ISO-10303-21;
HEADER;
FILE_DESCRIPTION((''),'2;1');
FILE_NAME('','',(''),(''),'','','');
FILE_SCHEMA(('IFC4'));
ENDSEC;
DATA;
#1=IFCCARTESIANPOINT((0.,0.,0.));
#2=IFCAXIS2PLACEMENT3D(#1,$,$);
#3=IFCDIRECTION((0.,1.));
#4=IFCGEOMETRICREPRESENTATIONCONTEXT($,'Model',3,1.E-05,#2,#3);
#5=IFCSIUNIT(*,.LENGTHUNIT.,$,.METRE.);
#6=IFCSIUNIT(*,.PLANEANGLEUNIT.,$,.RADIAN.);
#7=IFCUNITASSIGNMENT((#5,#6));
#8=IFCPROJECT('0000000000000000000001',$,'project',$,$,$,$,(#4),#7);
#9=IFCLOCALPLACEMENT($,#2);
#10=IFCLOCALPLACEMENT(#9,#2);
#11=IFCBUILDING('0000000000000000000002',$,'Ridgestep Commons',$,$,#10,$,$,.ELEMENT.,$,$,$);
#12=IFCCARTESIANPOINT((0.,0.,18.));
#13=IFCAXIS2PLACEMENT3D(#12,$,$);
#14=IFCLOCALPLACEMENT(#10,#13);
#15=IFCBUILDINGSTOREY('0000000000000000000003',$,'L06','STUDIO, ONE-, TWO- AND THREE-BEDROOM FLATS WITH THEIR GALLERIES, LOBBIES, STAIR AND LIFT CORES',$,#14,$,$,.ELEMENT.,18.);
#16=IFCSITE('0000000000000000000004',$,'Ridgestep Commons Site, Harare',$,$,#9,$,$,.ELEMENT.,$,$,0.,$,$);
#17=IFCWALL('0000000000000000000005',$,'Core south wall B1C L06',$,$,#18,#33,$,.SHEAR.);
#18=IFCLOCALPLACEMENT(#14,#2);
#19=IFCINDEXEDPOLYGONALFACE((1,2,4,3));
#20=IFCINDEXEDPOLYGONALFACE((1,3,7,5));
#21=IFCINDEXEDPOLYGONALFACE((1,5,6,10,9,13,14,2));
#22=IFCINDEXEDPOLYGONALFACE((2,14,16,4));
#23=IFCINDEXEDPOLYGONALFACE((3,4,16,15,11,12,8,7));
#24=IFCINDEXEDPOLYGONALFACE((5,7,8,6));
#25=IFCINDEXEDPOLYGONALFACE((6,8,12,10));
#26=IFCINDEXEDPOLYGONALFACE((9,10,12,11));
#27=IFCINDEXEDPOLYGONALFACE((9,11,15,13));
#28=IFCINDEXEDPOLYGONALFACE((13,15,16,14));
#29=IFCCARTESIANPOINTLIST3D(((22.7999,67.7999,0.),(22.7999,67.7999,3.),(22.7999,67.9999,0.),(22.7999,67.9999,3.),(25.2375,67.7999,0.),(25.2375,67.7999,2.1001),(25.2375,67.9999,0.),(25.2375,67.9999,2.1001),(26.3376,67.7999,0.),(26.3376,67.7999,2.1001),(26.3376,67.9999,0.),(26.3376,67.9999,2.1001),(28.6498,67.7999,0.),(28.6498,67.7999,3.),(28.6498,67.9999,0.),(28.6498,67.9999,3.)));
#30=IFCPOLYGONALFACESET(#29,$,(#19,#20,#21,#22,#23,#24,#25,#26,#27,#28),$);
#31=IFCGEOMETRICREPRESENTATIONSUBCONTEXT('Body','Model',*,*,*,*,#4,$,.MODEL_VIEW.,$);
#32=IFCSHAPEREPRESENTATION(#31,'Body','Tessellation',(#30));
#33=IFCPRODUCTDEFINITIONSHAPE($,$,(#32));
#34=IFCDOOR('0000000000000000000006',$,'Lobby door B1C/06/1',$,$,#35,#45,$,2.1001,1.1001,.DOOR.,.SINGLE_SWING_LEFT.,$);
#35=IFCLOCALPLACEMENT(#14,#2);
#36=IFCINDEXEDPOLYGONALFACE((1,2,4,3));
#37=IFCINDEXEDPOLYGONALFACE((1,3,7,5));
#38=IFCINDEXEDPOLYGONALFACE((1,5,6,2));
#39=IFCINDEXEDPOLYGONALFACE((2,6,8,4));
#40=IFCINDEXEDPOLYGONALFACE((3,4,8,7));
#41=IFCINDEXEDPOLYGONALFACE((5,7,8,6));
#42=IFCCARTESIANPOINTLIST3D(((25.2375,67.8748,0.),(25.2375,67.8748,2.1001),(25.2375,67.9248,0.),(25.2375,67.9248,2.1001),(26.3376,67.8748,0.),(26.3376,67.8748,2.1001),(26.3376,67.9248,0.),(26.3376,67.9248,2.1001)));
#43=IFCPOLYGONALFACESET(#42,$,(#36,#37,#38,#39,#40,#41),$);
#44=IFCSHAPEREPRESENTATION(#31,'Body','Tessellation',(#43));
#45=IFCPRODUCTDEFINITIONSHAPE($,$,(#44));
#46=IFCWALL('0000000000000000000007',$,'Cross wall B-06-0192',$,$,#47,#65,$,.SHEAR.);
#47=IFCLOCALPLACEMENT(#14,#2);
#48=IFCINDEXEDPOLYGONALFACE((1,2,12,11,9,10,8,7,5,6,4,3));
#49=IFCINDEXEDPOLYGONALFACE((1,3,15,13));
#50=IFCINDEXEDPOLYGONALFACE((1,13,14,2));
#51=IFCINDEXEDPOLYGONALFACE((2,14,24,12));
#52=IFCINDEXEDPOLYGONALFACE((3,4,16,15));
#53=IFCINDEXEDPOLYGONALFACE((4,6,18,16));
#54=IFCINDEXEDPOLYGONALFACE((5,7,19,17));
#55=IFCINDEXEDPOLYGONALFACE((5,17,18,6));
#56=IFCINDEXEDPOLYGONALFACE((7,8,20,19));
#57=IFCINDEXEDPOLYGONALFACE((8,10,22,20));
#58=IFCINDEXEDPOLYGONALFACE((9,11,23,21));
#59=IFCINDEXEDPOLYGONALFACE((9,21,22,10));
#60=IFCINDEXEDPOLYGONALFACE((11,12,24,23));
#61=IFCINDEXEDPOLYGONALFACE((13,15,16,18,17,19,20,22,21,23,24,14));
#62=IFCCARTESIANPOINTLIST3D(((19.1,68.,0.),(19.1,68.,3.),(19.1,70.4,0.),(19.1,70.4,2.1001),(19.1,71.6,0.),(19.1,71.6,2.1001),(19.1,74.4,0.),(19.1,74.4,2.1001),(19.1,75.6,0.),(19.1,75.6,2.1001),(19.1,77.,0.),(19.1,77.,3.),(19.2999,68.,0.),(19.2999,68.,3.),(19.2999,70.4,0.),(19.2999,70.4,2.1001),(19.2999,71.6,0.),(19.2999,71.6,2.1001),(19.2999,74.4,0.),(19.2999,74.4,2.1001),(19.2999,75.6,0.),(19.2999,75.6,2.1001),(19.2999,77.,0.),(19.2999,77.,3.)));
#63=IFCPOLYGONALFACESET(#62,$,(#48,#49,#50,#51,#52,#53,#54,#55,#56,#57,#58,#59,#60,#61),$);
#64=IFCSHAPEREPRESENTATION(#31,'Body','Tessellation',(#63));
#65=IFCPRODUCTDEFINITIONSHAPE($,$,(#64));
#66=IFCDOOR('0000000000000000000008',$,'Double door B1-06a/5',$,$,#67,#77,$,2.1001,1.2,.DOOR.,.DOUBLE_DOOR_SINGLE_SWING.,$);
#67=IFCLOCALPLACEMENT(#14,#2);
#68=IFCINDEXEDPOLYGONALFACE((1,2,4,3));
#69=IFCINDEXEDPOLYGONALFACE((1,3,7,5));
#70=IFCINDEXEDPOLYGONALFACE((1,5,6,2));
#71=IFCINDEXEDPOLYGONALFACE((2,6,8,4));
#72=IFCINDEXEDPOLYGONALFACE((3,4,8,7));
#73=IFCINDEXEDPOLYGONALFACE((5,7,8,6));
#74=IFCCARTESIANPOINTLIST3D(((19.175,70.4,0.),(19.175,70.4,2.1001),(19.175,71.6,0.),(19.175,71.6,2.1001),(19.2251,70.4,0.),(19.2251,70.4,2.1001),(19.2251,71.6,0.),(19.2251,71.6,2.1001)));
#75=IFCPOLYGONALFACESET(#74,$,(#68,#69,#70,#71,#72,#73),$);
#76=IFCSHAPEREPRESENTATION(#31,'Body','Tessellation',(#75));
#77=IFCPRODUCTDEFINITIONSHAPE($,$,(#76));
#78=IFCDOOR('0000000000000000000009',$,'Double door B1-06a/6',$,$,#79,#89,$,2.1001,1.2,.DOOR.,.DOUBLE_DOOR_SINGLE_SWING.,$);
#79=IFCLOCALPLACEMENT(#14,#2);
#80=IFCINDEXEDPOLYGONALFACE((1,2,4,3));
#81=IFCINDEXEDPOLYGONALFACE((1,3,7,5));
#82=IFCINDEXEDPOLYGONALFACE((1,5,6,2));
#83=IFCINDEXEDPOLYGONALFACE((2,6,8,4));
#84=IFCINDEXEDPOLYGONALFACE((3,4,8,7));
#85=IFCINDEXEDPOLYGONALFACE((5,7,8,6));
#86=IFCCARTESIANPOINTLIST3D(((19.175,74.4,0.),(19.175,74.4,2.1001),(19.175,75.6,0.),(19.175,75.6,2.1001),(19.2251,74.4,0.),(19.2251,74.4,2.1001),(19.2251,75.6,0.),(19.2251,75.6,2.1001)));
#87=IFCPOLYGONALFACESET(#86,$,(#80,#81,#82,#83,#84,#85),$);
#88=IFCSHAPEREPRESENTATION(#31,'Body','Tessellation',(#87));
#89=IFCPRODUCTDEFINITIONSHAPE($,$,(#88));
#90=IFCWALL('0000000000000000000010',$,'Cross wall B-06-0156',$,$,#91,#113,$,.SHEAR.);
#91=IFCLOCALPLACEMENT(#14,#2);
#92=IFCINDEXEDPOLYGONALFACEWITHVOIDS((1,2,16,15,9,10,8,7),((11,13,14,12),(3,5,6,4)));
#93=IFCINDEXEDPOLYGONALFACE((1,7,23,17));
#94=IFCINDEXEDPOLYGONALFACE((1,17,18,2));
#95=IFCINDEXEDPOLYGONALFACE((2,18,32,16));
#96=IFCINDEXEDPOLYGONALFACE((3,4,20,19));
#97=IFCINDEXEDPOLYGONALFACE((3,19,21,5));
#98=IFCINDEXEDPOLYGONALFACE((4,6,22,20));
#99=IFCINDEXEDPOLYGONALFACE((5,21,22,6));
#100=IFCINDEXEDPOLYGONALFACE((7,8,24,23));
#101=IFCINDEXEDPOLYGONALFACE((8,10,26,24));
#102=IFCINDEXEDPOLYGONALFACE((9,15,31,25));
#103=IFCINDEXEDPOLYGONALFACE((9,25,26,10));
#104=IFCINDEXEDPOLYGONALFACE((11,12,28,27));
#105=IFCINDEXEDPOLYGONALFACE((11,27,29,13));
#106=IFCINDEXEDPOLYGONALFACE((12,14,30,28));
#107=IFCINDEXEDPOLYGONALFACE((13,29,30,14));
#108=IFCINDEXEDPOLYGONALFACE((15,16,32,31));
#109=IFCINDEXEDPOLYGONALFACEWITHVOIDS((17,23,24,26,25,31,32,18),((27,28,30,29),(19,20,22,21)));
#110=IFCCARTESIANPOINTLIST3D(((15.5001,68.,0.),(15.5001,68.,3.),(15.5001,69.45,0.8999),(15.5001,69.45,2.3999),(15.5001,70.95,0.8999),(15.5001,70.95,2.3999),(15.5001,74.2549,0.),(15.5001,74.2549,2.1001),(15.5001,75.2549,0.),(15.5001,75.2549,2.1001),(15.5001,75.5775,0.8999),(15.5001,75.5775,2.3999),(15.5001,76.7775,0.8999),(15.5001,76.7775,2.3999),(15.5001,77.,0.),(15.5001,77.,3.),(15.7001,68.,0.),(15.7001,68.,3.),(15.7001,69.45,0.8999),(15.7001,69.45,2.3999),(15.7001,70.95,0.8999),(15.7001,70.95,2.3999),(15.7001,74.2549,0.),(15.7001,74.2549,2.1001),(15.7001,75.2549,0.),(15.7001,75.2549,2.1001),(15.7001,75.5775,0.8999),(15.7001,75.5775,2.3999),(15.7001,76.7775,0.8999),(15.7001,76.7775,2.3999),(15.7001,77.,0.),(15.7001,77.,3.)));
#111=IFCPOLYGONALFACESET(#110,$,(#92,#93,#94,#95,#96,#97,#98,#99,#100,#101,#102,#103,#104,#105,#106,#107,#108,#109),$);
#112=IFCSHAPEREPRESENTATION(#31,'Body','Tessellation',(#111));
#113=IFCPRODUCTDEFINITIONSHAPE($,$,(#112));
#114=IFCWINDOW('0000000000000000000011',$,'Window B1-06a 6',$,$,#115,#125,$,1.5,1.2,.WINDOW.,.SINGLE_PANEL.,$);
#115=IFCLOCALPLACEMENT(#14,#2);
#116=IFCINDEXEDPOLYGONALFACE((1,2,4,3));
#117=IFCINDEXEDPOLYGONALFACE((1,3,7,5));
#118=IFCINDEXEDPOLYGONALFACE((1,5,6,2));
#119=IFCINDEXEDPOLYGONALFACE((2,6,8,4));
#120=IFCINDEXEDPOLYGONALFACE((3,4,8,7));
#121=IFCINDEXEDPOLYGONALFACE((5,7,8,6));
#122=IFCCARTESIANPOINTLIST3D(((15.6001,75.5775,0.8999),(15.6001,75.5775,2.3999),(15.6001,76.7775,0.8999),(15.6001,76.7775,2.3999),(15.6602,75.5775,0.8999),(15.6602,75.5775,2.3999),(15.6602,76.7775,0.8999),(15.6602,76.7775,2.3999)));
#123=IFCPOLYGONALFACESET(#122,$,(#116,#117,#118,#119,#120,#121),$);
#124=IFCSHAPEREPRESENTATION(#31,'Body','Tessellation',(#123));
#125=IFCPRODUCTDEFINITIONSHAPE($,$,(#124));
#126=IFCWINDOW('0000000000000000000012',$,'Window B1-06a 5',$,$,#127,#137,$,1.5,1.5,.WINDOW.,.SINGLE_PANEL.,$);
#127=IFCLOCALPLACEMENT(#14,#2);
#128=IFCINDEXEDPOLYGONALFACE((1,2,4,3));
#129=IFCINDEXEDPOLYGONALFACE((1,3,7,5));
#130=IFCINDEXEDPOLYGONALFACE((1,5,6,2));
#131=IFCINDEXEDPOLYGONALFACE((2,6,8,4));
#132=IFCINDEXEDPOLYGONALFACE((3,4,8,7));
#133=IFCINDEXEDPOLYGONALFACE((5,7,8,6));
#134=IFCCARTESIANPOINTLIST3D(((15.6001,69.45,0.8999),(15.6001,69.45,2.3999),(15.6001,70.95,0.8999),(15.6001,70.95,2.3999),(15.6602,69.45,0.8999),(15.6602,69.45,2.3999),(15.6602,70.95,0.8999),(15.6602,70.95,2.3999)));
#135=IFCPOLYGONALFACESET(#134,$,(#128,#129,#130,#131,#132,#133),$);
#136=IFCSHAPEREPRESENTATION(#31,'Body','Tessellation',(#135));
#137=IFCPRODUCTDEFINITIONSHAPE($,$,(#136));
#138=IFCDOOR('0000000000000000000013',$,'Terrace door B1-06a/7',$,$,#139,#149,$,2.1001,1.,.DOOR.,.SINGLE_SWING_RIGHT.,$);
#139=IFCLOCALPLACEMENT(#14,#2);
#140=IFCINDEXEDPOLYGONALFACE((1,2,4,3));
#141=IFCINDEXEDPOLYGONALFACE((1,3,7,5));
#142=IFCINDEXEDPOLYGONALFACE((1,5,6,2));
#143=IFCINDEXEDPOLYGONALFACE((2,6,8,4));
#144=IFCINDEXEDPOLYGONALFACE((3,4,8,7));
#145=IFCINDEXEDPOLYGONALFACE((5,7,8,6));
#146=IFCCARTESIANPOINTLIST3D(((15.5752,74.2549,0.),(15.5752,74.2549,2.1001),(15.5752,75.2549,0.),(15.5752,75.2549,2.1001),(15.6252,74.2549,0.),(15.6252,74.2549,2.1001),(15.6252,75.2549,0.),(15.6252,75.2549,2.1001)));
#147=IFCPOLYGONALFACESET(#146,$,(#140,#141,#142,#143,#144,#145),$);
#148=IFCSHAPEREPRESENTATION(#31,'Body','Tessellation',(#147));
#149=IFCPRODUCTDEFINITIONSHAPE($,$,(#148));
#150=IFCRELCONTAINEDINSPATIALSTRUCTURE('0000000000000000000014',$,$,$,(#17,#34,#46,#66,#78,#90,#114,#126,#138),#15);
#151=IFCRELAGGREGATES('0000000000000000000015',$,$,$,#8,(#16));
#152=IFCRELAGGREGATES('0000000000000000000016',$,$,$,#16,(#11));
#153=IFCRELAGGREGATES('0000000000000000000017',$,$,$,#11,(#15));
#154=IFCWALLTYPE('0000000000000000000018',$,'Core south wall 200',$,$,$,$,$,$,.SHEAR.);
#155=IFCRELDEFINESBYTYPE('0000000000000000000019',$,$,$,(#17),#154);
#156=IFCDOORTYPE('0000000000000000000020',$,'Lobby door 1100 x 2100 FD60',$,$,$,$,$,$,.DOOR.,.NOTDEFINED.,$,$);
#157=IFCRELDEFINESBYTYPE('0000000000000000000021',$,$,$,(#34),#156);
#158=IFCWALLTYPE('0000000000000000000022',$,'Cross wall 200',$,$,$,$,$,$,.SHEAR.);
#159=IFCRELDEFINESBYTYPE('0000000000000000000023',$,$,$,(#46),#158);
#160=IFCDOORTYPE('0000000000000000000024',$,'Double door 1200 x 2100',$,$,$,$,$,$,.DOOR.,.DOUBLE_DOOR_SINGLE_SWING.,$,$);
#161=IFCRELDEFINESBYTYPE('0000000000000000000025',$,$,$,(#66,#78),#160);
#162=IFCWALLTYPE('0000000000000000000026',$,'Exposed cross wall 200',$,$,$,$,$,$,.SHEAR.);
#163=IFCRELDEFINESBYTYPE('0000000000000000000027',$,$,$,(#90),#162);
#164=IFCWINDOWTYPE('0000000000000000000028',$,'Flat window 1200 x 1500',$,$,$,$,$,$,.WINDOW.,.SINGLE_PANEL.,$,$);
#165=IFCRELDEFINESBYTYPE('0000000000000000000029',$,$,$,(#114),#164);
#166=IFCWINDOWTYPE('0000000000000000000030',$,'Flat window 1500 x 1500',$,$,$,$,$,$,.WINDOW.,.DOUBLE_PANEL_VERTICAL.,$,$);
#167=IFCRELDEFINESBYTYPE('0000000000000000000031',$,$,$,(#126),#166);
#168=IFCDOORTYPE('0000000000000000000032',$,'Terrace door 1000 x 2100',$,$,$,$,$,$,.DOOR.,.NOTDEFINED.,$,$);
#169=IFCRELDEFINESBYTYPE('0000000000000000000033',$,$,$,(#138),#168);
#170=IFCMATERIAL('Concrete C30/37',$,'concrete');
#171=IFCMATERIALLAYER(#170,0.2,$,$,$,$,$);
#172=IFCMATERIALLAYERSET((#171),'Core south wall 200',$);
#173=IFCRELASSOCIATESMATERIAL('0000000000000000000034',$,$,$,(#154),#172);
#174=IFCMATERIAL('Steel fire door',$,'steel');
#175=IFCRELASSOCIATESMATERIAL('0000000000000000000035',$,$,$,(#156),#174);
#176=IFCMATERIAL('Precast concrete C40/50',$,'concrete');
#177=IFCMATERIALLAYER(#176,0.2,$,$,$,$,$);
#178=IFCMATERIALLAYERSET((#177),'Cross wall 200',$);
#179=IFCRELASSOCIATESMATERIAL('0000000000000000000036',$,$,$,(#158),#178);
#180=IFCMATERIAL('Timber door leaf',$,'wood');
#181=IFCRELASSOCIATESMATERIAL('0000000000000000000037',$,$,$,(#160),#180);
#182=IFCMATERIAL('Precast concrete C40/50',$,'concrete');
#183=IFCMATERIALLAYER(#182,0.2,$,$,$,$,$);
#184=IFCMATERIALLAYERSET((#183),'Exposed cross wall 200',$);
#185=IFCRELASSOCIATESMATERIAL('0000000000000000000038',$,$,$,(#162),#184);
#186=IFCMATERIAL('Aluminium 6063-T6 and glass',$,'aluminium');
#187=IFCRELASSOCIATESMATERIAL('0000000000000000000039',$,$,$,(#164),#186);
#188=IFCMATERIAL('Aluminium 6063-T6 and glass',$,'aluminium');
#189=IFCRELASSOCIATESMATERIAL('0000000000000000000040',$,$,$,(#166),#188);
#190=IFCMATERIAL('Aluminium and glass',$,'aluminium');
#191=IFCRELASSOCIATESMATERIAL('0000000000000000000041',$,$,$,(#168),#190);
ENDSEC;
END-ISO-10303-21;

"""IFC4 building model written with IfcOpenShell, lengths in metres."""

from ifc_helpers import new_model, si_unit, direction, frame, frame_2d, origin, place, context, subcontext, project, spatial, rectangle, extrude, material, layer, layer_set, type_object, element, fill, save


model = new_model("IFC4")

# Units and contexts
model_context = context("Model", 3, precision=1e-05, world=origin(), true_north=direction((0.0, 1.0)))
body_context = subcontext(model_context, "Body", "Model", "MODEL_VIEW")
ifc_project = project(units=[si_unit("LENGTHUNIT", "METRE"), si_unit("PLANEANGLEUNIT", "RADIAN")], contexts=[model_context])

# Site, building, storey
site_placement = place(None, origin())
site = spatial("IfcSite", under=ifc_project, at=site_placement, Name="Ridgestep Commons Site, Harare", CompositionType="ELEMENT", RefElevation=0.0)
building_placement = place(site_placement, origin())
building = spatial("IfcBuilding", under=site, at=building_placement, Name="Ridgestep Commons", CompositionType="ELEMENT")
storey_placement = place(building_placement, frame((0.0, 0.0, 18.0)))
storey = spatial("IfcBuildingStorey", under=building, at=storey_placement, Name="L06", Description="STUDIO, ONE-, TWO- AND THREE-BEDROOM FLATS WITH THEIR GALLERIES, LOBBIES, STAIR AND LIFT CORES", CompositionType="ELEMENT", Elevation=18.0)

# Wall, opening, door
ifc_material_1 = material(Name="Concrete C30/37", Category="concrete")
ifc_layer_1 = layer(ifc_material_1, 0.2)
ifc_layer_set_1 = layer_set([ifc_layer_1], Name="Core south wall 200")
wall_type_1 = type_object("IfcWallType", Name="Core south wall 200", PredefinedType="SHEAR", material=ifc_layer_set_1)
wall_1_placement = place(storey_placement, frame((22.8, 67.8999, 0.0), z_axis=(0.0, 0.0, 1.0), x_axis=(1.0, 0.0, 0.0)))
wall_1 = element("IfcWall", 1, at=wall_1_placement, inside=storey, type_object=wall_type_1, Name="Core south wall B1C L06", PredefinedType="SHEAR", context=body_context, shape_type="SweptSolid", body=[
    extrude(rectangle(XDim=5.8499, YDim=0.2, at=frame_2d((2.9248, 0.0))), origin(), (0.0, 0.0, 1.0), 3.0),
])
opening_1_placement = place(wall_1_placement, frame((2.4375, 0.0, 0.0)))
opening_1 = element("IfcOpeningElement", 2, at=opening_1_placement, cuts=wall_1, PredefinedType="OPENING", context=body_context, shape_type="SweptSolid", body=[
    extrude(rectangle(XDim=1.1001, YDim=2.1001, at=frame_2d((0.55, 1.05))), frame((0.0, 0.1099, 0.0), z_axis=(0.0, -1.0, 0.0), x_axis=(1.0, 0.0, 0.0)), (0.0, 0.0, 1.0), 0.22),
])
ifc_material_2 = material(Name="Steel fire door", Category="steel")
door_type_1 = type_object("IfcDoorType", Name="Lobby door 1100 x 2100 FD60", OperationType="NOTDEFINED", PredefinedType="DOOR", material=ifc_material_2)
door_1_placement = place(opening_1_placement, origin())
door_1 = element("IfcDoor", 3, at=door_1_placement, inside=storey, type_object=door_type_1, Name="Lobby door B1C/06/1", OperationType="SINGLE_SWING_LEFT", OverallHeight=2.1001, OverallWidth=1.1001, PredefinedType="DOOR", context=body_context, shape_type="SweptSolid", body=[
    extrude(rectangle(XDim=1.1001, YDim=2.1001, at=frame_2d((0.55, 1.05))), frame((0.0, 0.0249, 0.0), z_axis=(0.0, -1.0, 0.0), x_axis=(1.0, 0.0, 0.0)), (0.0, 0.0, 1.0), 0.05),
])
fill(opening_1, door_1)

# Wall, openings, doors
ifc_material_3 = material(Name="Precast concrete C40/50", Category="concrete")
ifc_layer_2 = layer(ifc_material_3, 0.2)
ifc_layer_set_2 = layer_set([ifc_layer_2], Name="Cross wall 200")
wall_type_2 = type_object("IfcWallType", Name="Cross wall 200", PredefinedType="SHEAR", material=ifc_layer_set_2)
wall_2_placement = place(storey_placement, frame((19.2, 68.0, 0.0), z_axis=(0.0, 0.0, 1.0), x_axis=(0.0, 1.0, 0.0)))
wall_2 = element("IfcWall", 4, at=wall_2_placement, inside=storey, type_object=wall_type_2, Name="Cross wall B-06-0192", PredefinedType="SHEAR", context=body_context, shape_type="SweptSolid", body=[
    extrude(rectangle(XDim=9.0, YDim=0.2, at=frame_2d((4.5, 0.0))), origin(), (0.0, 0.0, 1.0), 3.0),
])
opening_2_placement = place(wall_2_placement, frame((2.3999, 0.0, 0.0)))
opening_2 = element("IfcOpeningElement", 5, at=opening_2_placement, cuts=wall_2, PredefinedType="OPENING", context=body_context, shape_type="SweptSolid", body=[
    extrude(rectangle(XDim=1.2, YDim=2.1001, at=frame_2d((0.6001, 1.05))), frame((0.0, 0.1099, 0.0), z_axis=(0.0, -1.0, 0.0), x_axis=(1.0, 0.0, 0.0)), (0.0, 0.0, 1.0), 0.22),
])
opening_3_placement = place(wall_2_placement, frame((6.3999, 0.0, 0.0)))
opening_3 = element("IfcOpeningElement", 6, at=opening_3_placement, cuts=wall_2, PredefinedType="OPENING", context=body_context, shape_type="SweptSolid", body=[
    extrude(rectangle(XDim=1.2, YDim=2.1001, at=frame_2d((0.6001, 1.05))), frame((0.0, 0.1099, 0.0), z_axis=(0.0, -1.0, 0.0), x_axis=(1.0, 0.0, 0.0)), (0.0, 0.0, 1.0), 0.22),
])
ifc_material_4 = material(Name="Timber door leaf", Category="wood")
door_type_2 = type_object("IfcDoorType", Name="Double door 1200 x 2100", OperationType="DOUBLE_DOOR_SINGLE_SWING", PredefinedType="DOOR", material=ifc_material_4)
door_2_placement = place(opening_2_placement, origin())
door_2 = element("IfcDoor", 7, at=door_2_placement, inside=storey, type_object=door_type_2, Name="Double door B1-06a/5", OperationType="DOUBLE_DOOR_SINGLE_SWING", OverallHeight=2.1001, OverallWidth=1.2, PredefinedType="DOOR", context=body_context, shape_type="SweptSolid", body=[
    extrude(rectangle(XDim=1.2, YDim=2.1001, at=frame_2d((0.6001, 1.05))), frame((0.0, 0.0249, 0.0), z_axis=(0.0, -1.0, 0.0), x_axis=(1.0, 0.0, 0.0)), (0.0, 0.0, 1.0), 0.05),
])
fill(opening_2, door_2)
door_3_placement = place(opening_3_placement, origin())
door_3 = element("IfcDoor", 8, at=door_3_placement, inside=storey, type_object=door_type_2, Name="Double door B1-06a/6", OperationType="DOUBLE_DOOR_SINGLE_SWING", OverallHeight=2.1001, OverallWidth=1.2, PredefinedType="DOOR", context=body_context, shape_type="SweptSolid", body=[
    extrude(rectangle(XDim=1.2, YDim=2.1001, at=frame_2d((0.6001, 1.05))), frame((0.0, 0.0249, 0.0), z_axis=(0.0, -1.0, 0.0), x_axis=(1.0, 0.0, 0.0)), (0.0, 0.0, 1.0), 0.05),
])
fill(opening_3, door_3)

# Wall, openings, windows, door
ifc_material_5 = material(Name="Precast concrete C40/50", Category="concrete")
ifc_layer_3 = layer(ifc_material_5, 0.2)
ifc_layer_set_3 = layer_set([ifc_layer_3], Name="Exposed cross wall 200")
wall_type_3 = type_object("IfcWallType", Name="Exposed cross wall 200", PredefinedType="SHEAR", material=ifc_layer_set_3)
wall_3_placement = place(storey_placement, frame((15.6001, 68.0, 0.0), z_axis=(0.0, 0.0, 1.0), x_axis=(0.0, 1.0, 0.0)))
wall_3 = element("IfcWall", 9, at=wall_3_placement, inside=storey, type_object=wall_type_3, Name="Cross wall B-06-0156", PredefinedType="SHEAR", context=body_context, shape_type="SweptSolid", body=[
    extrude(rectangle(XDim=9.0, YDim=0.2, at=frame_2d((4.5, 0.0))), origin(), (0.0, 0.0, 1.0), 3.0),
])
opening_4_placement = place(wall_3_placement, frame((1.45, 0.0, 0.8999)))
opening_4 = element("IfcOpeningElement", 10, at=opening_4_placement, cuts=wall_3, PredefinedType="OPENING", context=body_context, shape_type="SweptSolid", body=[
    extrude(rectangle(XDim=1.5, YDim=1.5, at=frame_2d((0.75, 0.75))), frame((0.0, 0.1099, 0.0), z_axis=(0.0, -1.0, 0.0), x_axis=(1.0, 0.0, 0.0)), (0.0, 0.0, 1.0), 0.22),
])
opening_5_placement = place(wall_3_placement, frame((7.5774, 0.0, 0.8999)))
opening_5 = element("IfcOpeningElement", 11, at=opening_5_placement, cuts=wall_3, PredefinedType="OPENING", context=body_context, shape_type="SweptSolid", body=[
    extrude(rectangle(XDim=1.2, YDim=1.5, at=frame_2d((0.6001, 0.75))), frame((0.0, 0.1099, 0.0), z_axis=(0.0, -1.0, 0.0), x_axis=(1.0, 0.0, 0.0)), (0.0, 0.0, 1.0), 0.22),
])
opening_6_placement = place(wall_3_placement, frame((6.2549, 0.0, 0.0)))
opening_6 = element("IfcOpeningElement", 12, at=opening_6_placement, cuts=wall_3, PredefinedType="OPENING", context=body_context, shape_type="SweptSolid", body=[
    extrude(rectangle(XDim=1.0, YDim=2.1001, at=frame_2d((0.5, 1.05))), frame((0.0, 0.1099, 0.0), z_axis=(0.0, -1.0, 0.0), x_axis=(1.0, 0.0, 0.0)), (0.0, 0.0, 1.0), 0.22),
])
ifc_material_6 = material(Name="Aluminium 6063-T6 and glass", Category="aluminium")
window_type_1 = type_object("IfcWindowType", Name="Flat window 1200 x 1500", PartitioningType="SINGLE_PANEL", PredefinedType="WINDOW", material=ifc_material_6)
window_1_placement = place(opening_5_placement, origin())
window_1 = element("IfcWindow", 13, at=window_1_placement, inside=storey, type_object=window_type_1, Name="Window B1-06a 6", OverallHeight=1.5, OverallWidth=1.2, PartitioningType="SINGLE_PANEL", PredefinedType="WINDOW", context=body_context, shape_type="SweptSolid", body=[
    extrude(rectangle(XDim=1.2, YDim=1.5, at=frame_2d((0.6001, 0.75))), frame((0.0, 0.0, 0.0), z_axis=(0.0, -1.0, 0.0), x_axis=(1.0, 0.0, 0.0)), (0.0, 0.0, 1.0), 0.0601),
])
fill(opening_5, window_1)
ifc_material_7 = material(Name="Aluminium 6063-T6 and glass", Category="aluminium")
window_type_2 = type_object("IfcWindowType", Name="Flat window 1500 x 1500", PartitioningType="DOUBLE_PANEL_VERTICAL", PredefinedType="WINDOW", material=ifc_material_7)
window_2_placement = place(opening_4_placement, origin())
window_2 = element("IfcWindow", 14, at=window_2_placement, inside=storey, type_object=window_type_2, Name="Window B1-06a 5", OverallHeight=1.5, OverallWidth=1.5, PartitioningType="SINGLE_PANEL", PredefinedType="WINDOW", context=body_context, shape_type="SweptSolid", body=[
    extrude(rectangle(XDim=1.5, YDim=1.5, at=frame_2d((0.75, 0.75))), frame((0.0, 0.0, 0.0), z_axis=(0.0, -1.0, 0.0), x_axis=(1.0, 0.0, 0.0)), (0.0, 0.0, 1.0), 0.0601),
])
fill(opening_4, window_2)
ifc_material_8 = material(Name="Aluminium and glass", Category="aluminium")
door_type_3 = type_object("IfcDoorType", Name="Terrace door 1000 x 2100", OperationType="NOTDEFINED", PredefinedType="DOOR", material=ifc_material_8)
door_4_placement = place(opening_6_placement, origin())
door_4 = element("IfcDoor", 15, at=door_4_placement, inside=storey, type_object=door_type_3, Name="Terrace door B1-06a/7", OperationType="SINGLE_SWING_RIGHT", OverallHeight=2.1001, OverallWidth=1.0, PredefinedType="DOOR", context=body_context, shape_type="SweptSolid", body=[
    extrude(rectangle(XDim=1.0, YDim=2.1001, at=frame_2d((0.5, 1.05))), frame((0.0, 0.0249, 0.0), z_axis=(0.0, -1.0, 0.0), x_axis=(1.0, 0.0, 0.0)), (0.0, 0.0, 1.0), 0.05),
])
fill(opening_6, door_4)

save(model, "model.ifc")
